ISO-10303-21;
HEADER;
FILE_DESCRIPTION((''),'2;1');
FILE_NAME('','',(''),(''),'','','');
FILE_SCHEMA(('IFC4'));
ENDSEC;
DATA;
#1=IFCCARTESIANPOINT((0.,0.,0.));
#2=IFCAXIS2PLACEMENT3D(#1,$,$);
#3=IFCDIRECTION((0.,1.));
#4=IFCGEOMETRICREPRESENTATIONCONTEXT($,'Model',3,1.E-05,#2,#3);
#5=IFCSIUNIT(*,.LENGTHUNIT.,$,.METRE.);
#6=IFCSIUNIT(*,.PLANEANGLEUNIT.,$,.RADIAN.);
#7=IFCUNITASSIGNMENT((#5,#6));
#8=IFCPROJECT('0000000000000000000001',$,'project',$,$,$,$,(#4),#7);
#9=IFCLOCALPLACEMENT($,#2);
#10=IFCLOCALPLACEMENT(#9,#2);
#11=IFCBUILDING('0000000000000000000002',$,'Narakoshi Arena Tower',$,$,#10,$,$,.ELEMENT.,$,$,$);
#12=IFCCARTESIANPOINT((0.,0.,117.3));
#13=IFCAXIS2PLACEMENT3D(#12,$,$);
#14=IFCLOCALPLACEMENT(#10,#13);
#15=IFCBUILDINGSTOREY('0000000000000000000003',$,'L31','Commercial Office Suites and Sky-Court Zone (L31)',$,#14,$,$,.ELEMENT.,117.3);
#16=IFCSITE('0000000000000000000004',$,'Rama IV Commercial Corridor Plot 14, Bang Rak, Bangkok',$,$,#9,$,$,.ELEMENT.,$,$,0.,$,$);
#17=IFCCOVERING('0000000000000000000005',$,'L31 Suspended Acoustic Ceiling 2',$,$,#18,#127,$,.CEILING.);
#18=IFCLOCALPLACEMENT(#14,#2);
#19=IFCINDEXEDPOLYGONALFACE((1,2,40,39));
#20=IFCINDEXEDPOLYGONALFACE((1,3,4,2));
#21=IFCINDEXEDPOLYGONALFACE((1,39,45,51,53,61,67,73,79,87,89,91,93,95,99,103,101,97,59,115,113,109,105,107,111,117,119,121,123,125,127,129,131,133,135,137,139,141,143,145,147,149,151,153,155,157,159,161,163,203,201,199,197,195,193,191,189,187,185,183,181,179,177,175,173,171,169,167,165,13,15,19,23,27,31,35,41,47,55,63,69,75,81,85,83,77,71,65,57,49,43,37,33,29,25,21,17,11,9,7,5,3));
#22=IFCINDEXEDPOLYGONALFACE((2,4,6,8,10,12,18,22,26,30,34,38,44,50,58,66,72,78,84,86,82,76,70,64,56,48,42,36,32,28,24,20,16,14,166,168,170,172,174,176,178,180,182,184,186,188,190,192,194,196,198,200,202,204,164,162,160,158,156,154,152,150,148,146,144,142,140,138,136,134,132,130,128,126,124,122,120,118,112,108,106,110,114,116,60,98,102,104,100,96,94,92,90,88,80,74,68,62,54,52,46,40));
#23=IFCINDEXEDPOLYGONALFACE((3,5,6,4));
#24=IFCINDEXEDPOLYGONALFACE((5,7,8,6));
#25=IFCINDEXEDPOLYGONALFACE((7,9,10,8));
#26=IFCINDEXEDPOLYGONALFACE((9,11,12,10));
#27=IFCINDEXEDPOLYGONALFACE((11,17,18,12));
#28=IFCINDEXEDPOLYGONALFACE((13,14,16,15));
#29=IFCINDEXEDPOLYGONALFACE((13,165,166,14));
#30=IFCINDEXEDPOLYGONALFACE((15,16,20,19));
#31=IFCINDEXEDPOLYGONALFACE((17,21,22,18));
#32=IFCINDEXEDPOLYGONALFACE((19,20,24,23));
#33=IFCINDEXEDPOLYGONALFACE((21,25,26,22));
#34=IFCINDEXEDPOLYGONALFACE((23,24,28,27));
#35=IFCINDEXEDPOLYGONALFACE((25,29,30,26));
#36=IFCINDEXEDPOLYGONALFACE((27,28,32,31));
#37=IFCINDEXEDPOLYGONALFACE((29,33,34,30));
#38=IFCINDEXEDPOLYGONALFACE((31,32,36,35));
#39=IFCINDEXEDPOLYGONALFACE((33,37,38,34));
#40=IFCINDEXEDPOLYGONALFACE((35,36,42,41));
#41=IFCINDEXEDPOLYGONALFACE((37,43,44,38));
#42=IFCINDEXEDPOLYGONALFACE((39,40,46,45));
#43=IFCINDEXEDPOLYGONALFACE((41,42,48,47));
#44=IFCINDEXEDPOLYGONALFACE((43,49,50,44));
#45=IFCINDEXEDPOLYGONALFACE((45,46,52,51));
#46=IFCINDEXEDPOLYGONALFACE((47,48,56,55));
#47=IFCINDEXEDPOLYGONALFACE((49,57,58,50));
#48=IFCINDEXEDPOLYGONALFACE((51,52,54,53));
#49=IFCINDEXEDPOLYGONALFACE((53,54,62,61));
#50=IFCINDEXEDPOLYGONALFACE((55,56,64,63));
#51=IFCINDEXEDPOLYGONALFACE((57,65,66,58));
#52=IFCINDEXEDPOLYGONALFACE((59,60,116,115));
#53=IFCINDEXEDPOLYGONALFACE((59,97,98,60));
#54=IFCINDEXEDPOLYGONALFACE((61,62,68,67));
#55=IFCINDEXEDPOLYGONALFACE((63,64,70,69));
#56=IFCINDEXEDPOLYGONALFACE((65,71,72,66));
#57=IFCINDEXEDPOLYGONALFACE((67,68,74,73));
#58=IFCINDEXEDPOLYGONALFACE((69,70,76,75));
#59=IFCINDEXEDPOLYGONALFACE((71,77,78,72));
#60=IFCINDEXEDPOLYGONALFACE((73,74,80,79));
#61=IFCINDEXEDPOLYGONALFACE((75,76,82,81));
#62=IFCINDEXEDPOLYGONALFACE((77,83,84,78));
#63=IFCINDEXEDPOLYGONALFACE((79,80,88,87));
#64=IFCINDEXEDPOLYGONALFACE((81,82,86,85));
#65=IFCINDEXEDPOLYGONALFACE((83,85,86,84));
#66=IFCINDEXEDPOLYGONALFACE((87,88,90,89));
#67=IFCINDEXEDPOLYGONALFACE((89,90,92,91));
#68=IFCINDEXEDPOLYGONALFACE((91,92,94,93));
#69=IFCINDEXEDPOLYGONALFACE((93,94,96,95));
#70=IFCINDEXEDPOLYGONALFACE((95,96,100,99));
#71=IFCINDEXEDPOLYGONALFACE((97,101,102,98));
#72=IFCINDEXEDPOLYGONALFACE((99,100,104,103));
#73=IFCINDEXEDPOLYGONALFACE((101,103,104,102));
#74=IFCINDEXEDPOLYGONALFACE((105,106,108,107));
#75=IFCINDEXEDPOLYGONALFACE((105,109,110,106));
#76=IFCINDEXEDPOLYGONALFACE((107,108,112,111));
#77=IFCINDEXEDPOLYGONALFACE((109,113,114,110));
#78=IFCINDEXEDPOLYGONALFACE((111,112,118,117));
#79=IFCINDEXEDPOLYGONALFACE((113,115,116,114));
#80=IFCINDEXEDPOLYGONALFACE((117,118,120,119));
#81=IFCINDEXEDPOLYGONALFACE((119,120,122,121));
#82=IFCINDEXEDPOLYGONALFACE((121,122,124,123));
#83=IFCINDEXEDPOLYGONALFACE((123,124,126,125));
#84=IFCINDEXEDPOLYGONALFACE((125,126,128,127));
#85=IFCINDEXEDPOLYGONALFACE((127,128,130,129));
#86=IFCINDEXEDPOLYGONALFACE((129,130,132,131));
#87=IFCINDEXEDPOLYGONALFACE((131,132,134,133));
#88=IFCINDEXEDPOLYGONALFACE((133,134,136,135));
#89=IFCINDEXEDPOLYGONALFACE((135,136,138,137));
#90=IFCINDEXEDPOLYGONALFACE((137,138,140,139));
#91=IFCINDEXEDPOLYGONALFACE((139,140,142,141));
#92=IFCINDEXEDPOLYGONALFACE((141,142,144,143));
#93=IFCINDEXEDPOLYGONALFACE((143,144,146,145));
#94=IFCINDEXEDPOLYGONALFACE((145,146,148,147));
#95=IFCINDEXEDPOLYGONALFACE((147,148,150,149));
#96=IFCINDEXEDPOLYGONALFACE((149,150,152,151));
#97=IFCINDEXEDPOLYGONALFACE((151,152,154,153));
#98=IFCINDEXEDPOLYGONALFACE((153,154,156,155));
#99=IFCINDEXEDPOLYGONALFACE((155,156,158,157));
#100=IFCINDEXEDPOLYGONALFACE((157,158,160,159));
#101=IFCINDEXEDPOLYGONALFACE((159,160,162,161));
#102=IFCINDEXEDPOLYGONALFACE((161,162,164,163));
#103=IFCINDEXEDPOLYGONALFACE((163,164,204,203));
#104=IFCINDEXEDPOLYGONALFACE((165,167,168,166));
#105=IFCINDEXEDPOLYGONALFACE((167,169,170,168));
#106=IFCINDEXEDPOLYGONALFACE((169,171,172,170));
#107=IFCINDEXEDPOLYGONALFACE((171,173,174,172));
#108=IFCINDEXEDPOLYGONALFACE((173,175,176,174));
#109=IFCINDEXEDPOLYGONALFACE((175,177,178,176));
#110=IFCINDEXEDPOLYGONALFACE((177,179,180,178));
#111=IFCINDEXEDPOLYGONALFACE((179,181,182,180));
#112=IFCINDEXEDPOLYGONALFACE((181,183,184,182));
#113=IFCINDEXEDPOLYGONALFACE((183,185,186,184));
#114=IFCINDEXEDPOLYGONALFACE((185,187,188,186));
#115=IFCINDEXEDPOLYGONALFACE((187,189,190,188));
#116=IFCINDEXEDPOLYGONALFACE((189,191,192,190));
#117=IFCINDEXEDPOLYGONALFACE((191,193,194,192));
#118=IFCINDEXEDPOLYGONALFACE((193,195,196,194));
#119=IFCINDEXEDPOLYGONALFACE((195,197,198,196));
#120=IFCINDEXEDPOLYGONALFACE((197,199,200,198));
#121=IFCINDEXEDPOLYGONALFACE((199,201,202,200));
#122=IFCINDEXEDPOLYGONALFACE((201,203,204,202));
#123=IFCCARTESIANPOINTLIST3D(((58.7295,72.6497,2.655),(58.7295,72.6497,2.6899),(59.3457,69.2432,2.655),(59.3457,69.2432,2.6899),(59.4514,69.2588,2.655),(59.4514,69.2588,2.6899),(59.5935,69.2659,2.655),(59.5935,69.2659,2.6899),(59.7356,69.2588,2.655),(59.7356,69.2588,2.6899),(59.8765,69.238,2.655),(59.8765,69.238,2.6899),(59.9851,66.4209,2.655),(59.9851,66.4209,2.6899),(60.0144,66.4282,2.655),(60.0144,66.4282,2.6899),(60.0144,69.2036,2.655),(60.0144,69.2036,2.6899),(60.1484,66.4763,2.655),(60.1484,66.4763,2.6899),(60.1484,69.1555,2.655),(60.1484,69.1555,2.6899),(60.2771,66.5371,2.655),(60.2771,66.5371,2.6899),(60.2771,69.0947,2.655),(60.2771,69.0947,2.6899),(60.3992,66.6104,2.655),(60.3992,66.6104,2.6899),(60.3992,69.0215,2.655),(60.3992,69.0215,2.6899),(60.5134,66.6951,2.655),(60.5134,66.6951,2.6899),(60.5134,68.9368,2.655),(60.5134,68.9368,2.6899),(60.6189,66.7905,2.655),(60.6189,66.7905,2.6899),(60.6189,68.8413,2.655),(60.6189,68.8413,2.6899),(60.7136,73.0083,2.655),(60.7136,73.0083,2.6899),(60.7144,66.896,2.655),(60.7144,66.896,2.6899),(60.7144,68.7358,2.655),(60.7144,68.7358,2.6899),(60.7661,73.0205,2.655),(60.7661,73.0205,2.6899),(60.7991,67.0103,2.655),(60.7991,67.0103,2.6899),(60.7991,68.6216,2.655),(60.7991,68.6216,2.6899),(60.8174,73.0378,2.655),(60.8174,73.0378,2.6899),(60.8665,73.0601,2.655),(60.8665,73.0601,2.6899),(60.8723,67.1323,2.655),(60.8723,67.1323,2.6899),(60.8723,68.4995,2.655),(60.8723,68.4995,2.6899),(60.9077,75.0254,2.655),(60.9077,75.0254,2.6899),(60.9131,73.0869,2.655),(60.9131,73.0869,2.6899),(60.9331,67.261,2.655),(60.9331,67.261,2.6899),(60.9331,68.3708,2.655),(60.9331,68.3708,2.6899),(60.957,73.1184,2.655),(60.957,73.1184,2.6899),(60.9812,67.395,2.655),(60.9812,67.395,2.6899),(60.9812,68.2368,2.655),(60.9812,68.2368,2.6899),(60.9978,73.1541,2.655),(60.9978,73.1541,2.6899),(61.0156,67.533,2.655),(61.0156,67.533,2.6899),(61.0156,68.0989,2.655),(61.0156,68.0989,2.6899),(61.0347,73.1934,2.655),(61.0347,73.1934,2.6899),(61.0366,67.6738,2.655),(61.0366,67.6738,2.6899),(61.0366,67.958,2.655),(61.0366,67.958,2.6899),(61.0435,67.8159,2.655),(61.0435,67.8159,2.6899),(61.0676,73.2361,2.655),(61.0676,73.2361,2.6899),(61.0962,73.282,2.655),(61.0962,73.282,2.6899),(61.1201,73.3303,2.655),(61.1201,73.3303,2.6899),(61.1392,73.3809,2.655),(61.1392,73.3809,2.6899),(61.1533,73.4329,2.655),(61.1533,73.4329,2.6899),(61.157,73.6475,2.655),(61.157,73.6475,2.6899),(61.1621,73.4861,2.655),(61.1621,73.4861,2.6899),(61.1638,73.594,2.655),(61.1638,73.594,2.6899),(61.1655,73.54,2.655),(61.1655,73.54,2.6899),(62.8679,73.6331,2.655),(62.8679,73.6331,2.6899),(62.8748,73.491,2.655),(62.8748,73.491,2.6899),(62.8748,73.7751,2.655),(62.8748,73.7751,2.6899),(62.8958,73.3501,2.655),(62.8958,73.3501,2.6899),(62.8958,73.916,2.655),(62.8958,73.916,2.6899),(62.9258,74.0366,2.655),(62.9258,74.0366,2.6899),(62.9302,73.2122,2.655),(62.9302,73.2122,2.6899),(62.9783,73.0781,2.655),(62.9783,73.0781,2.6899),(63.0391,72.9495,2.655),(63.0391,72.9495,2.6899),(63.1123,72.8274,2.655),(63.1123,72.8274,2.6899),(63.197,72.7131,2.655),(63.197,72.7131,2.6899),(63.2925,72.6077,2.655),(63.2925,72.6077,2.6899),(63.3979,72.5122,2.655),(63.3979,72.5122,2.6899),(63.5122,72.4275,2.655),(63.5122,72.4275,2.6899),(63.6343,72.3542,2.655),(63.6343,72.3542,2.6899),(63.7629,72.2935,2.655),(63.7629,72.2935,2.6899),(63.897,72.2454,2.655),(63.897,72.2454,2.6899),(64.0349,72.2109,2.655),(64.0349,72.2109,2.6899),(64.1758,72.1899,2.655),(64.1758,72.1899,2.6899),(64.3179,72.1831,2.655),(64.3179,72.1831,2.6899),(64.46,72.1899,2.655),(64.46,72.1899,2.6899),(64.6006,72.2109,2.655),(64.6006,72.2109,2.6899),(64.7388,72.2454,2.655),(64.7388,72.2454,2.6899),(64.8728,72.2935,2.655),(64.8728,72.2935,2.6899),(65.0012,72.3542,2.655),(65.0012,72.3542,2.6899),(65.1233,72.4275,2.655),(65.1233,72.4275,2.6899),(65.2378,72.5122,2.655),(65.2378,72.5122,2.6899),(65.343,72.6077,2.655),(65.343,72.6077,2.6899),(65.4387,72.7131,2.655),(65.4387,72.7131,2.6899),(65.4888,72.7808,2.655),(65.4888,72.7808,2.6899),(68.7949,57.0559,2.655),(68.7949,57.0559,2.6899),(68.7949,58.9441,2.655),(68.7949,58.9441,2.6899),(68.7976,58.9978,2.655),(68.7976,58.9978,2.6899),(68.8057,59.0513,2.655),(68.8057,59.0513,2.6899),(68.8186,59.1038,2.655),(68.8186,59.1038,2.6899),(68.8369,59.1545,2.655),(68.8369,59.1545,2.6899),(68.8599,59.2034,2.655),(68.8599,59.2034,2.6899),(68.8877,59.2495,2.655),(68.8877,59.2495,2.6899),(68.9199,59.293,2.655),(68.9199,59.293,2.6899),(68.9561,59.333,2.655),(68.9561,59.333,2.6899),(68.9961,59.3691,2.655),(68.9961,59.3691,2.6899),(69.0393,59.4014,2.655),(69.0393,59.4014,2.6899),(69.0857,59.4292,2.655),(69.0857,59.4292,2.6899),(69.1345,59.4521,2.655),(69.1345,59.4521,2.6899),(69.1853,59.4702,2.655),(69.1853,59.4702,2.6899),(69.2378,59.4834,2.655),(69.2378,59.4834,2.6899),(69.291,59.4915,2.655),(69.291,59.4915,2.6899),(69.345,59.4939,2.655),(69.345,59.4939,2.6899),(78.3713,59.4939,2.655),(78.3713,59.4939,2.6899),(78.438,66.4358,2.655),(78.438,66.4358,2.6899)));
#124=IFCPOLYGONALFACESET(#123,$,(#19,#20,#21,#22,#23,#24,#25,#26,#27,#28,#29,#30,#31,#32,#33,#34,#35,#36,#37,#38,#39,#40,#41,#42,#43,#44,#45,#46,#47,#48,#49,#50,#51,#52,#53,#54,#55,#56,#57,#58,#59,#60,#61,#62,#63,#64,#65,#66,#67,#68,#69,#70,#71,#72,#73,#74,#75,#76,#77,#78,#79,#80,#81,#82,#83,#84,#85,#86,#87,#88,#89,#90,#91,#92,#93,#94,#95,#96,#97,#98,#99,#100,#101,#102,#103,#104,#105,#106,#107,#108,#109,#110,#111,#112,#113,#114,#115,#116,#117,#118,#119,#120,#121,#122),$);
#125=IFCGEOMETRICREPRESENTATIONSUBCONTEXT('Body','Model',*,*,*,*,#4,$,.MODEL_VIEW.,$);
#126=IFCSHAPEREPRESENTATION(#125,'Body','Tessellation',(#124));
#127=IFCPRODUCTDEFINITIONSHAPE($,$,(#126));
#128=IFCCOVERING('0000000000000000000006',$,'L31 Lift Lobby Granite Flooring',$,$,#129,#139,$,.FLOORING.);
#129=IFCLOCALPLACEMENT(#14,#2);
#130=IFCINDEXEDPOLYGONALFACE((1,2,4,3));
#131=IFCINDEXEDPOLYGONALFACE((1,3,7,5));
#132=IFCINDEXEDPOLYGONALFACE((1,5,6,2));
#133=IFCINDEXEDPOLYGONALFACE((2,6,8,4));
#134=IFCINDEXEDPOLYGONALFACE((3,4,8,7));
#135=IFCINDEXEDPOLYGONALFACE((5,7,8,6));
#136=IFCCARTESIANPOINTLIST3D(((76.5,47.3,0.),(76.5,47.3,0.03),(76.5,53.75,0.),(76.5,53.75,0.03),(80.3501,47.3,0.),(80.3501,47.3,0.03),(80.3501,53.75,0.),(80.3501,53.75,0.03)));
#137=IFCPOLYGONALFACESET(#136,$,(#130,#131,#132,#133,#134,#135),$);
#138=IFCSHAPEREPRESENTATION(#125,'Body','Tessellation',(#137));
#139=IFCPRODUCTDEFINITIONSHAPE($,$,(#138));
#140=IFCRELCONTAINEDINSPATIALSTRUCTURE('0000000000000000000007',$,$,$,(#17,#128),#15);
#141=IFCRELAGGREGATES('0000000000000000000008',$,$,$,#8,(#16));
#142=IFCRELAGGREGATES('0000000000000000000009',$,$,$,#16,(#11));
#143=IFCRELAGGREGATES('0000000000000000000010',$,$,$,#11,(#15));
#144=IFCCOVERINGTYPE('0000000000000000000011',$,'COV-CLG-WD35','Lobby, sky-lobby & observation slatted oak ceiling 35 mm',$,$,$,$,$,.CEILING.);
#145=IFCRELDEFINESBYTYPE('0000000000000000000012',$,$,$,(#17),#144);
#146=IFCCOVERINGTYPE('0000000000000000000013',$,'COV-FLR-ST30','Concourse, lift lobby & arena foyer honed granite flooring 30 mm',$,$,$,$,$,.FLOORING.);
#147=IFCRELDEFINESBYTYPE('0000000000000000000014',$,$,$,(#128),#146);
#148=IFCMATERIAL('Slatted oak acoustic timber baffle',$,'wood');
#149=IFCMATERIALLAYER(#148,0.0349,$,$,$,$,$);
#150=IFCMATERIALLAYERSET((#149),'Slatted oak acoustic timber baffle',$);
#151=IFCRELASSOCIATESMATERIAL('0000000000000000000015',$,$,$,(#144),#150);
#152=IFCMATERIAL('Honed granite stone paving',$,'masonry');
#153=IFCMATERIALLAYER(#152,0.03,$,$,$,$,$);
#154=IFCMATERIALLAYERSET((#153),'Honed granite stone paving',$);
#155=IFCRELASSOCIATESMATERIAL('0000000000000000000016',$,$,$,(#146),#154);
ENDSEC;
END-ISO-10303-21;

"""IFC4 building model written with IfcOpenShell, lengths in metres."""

from ifc_helpers import new_model, si_unit, direction, frame, origin, place, context, subcontext, project, spatial, polyline, outline, extrude, material, layer, layer_set, type_object, element, save


model = new_model("IFC4")

# Units and contexts
model_context = context("Model", 3, precision=1e-05, world=origin(), true_north=direction((0.0, 1.0)))
body_context = subcontext(model_context, "Body", "Model", "MODEL_VIEW")
ifc_project = project(units=[si_unit("LENGTHUNIT", "METRE"), si_unit("PLANEANGLEUNIT", "RADIAN")], contexts=[model_context])

# Site, building, storey
site_placement = place(None, origin())
site = spatial("IfcSite", under=ifc_project, at=site_placement, Name="Rama IV Commercial Corridor Plot 14, Bang Rak, Bangkok", CompositionType="ELEMENT", RefElevation=0.0)
building_placement = place(site_placement, origin())
building = spatial("IfcBuilding", under=site, at=building_placement, Name="Narakoshi Arena Tower", CompositionType="ELEMENT")
storey_placement = place(building_placement, frame((0.0, 0.0, 117.3)))
storey = spatial("IfcBuildingStorey", under=building, at=storey_placement, Name="L31", Description="Commercial Office Suites and Sky-Court Zone (L31)", CompositionType="ELEMENT", Elevation=117.3)

# Coverings
ifc_material_1 = material(Name="Slatted oak acoustic timber baffle", Category="wood")
ifc_layer_1 = layer(ifc_material_1, 0.0349)
ifc_layer_set_1 = layer_set([ifc_layer_1], Name="Slatted oak acoustic timber baffle")
covering_type_1 = type_object("IfcCoveringType", Name="COV-CLG-WD35", Description="Lobby, sky-lobby & observation slatted oak ceiling 35 mm", PredefinedType="CEILING", material=ifc_layer_set_1)
covering_1_placement = place(storey_placement, frame((0.0, 0.0, 2.655)))
element("IfcCovering", 1, at=covering_1_placement, inside=storey, type_object=covering_type_1, Name="L31 Suspended Acoustic Ceiling 2", PredefinedType="CEILING", context=body_context, shape_type="SweptSolid", body=[
    extrude(outline(polyline([(60.7136, 73.0083), (60.7661, 73.0205), (60.8174, 73.0378), (60.8665, 73.0601), (60.9131, 73.0869), (60.957, 73.1184), (60.9978, 73.1541), (61.0347, 73.1934), (61.0676, 73.2361), (61.0962, 73.282), (61.1201, 73.3303), (61.1392, 73.3809), (61.1533, 73.4329), (61.1621, 73.4861), (61.1655, 73.54), (61.1638, 73.594), (61.157, 73.6475), (60.9077, 75.0254), (62.9258, 74.0366), (62.8958, 73.916), (62.8748, 73.7751), (62.8679, 73.6331), (62.8748, 73.491), (62.8958, 73.3501), (62.9302, 73.2122), (62.9783, 73.0781), (63.0391, 72.9495), (63.1123, 72.8274), (63.197, 72.7131), (63.2925, 72.6077), (63.3979, 72.5122), (63.5122, 72.4275), (63.6343, 72.3542), (63.7629, 72.2935), (63.897, 72.2454), (64.0349, 72.2109), (64.1758, 72.1899), (64.3179, 72.1831), (64.46, 72.1899), (64.6006, 72.2109), (64.7388, 72.2454), (64.8728, 72.2935), (65.0012, 72.3542), (65.1233, 72.4275), (65.2378, 72.5122), (65.343, 72.6077), (65.4387, 72.7131), (65.4888, 72.7808), (78.438, 66.4358), (78.3713, 59.4939), (69.345, 59.4939), (69.291, 59.4915), (69.2378, 59.4834), (69.1853, 59.4702), (69.1345, 59.4521), (69.0857, 59.4292), (69.0393, 59.4014), (68.9961, 59.3691), (68.9561, 59.333), (68.9199, 59.293), (68.8877, 59.2495), (68.8599, 59.2034), (68.8369, 59.1545), (68.8186, 59.1038), (68.8057, 59.0513), (68.7976, 58.9978), (68.7949, 58.9441), (68.7949, 57.0559), (59.9851, 66.4209), (60.0144, 66.4282), (60.1484, 66.4763), (60.2771, 66.5371), (60.3992, 66.6104), (60.5134, 66.6951), (60.6189, 66.7905), (60.7144, 66.896), (60.7991, 67.0103), (60.8723, 67.1323), (60.9331, 67.261), (60.9812, 67.395), (61.0156, 67.533), (61.0366, 67.6738), (61.0435, 67.8159), (61.0366, 67.958), (61.0156, 68.0989), (60.9812, 68.2368), (60.9331, 68.3708), (60.8723, 68.4995), (60.7991, 68.6216), (60.7144, 68.7358), (60.6189, 68.8413), (60.5134, 68.9368), (60.3992, 69.0215), (60.2771, 69.0947), (60.1484, 69.1555), (60.0144, 69.2036), (59.8765, 69.238), (59.7356, 69.2588), (59.5935, 69.2659), (59.4514, 69.2588), (59.3457, 69.2432), (58.7295, 72.6497), (60.7136, 73.0083)])), origin(), (0.0, 0.0, 1.0), 0.0349),
])
ifc_material_2 = material(Name="Honed granite stone paving", Category="masonry")
ifc_layer_2 = layer(ifc_material_2, 0.03)
ifc_layer_set_2 = layer_set([ifc_layer_2], Name="Honed granite stone paving")
covering_type_2 = type_object("IfcCoveringType", Name="COV-FLR-ST30", Description="Concourse, lift lobby & arena foyer honed granite flooring 30 mm", PredefinedType="FLOORING", material=ifc_layer_set_2)
covering_2_placement = place(storey_placement, origin())
element("IfcCovering", 2, at=covering_2_placement, inside=storey, type_object=covering_type_2, Name="L31 Lift Lobby Granite Flooring", PredefinedType="FLOORING", context=body_context, shape_type="SweptSolid", body=[
    extrude(outline(polyline([(76.5, 47.3), (80.3501, 47.3), (80.3501, 53.75), (76.5, 53.75), (76.5, 47.3)])), origin(), (0.0, 0.0, 1.0), 0.03),
])

save(model, "model.ifc")
